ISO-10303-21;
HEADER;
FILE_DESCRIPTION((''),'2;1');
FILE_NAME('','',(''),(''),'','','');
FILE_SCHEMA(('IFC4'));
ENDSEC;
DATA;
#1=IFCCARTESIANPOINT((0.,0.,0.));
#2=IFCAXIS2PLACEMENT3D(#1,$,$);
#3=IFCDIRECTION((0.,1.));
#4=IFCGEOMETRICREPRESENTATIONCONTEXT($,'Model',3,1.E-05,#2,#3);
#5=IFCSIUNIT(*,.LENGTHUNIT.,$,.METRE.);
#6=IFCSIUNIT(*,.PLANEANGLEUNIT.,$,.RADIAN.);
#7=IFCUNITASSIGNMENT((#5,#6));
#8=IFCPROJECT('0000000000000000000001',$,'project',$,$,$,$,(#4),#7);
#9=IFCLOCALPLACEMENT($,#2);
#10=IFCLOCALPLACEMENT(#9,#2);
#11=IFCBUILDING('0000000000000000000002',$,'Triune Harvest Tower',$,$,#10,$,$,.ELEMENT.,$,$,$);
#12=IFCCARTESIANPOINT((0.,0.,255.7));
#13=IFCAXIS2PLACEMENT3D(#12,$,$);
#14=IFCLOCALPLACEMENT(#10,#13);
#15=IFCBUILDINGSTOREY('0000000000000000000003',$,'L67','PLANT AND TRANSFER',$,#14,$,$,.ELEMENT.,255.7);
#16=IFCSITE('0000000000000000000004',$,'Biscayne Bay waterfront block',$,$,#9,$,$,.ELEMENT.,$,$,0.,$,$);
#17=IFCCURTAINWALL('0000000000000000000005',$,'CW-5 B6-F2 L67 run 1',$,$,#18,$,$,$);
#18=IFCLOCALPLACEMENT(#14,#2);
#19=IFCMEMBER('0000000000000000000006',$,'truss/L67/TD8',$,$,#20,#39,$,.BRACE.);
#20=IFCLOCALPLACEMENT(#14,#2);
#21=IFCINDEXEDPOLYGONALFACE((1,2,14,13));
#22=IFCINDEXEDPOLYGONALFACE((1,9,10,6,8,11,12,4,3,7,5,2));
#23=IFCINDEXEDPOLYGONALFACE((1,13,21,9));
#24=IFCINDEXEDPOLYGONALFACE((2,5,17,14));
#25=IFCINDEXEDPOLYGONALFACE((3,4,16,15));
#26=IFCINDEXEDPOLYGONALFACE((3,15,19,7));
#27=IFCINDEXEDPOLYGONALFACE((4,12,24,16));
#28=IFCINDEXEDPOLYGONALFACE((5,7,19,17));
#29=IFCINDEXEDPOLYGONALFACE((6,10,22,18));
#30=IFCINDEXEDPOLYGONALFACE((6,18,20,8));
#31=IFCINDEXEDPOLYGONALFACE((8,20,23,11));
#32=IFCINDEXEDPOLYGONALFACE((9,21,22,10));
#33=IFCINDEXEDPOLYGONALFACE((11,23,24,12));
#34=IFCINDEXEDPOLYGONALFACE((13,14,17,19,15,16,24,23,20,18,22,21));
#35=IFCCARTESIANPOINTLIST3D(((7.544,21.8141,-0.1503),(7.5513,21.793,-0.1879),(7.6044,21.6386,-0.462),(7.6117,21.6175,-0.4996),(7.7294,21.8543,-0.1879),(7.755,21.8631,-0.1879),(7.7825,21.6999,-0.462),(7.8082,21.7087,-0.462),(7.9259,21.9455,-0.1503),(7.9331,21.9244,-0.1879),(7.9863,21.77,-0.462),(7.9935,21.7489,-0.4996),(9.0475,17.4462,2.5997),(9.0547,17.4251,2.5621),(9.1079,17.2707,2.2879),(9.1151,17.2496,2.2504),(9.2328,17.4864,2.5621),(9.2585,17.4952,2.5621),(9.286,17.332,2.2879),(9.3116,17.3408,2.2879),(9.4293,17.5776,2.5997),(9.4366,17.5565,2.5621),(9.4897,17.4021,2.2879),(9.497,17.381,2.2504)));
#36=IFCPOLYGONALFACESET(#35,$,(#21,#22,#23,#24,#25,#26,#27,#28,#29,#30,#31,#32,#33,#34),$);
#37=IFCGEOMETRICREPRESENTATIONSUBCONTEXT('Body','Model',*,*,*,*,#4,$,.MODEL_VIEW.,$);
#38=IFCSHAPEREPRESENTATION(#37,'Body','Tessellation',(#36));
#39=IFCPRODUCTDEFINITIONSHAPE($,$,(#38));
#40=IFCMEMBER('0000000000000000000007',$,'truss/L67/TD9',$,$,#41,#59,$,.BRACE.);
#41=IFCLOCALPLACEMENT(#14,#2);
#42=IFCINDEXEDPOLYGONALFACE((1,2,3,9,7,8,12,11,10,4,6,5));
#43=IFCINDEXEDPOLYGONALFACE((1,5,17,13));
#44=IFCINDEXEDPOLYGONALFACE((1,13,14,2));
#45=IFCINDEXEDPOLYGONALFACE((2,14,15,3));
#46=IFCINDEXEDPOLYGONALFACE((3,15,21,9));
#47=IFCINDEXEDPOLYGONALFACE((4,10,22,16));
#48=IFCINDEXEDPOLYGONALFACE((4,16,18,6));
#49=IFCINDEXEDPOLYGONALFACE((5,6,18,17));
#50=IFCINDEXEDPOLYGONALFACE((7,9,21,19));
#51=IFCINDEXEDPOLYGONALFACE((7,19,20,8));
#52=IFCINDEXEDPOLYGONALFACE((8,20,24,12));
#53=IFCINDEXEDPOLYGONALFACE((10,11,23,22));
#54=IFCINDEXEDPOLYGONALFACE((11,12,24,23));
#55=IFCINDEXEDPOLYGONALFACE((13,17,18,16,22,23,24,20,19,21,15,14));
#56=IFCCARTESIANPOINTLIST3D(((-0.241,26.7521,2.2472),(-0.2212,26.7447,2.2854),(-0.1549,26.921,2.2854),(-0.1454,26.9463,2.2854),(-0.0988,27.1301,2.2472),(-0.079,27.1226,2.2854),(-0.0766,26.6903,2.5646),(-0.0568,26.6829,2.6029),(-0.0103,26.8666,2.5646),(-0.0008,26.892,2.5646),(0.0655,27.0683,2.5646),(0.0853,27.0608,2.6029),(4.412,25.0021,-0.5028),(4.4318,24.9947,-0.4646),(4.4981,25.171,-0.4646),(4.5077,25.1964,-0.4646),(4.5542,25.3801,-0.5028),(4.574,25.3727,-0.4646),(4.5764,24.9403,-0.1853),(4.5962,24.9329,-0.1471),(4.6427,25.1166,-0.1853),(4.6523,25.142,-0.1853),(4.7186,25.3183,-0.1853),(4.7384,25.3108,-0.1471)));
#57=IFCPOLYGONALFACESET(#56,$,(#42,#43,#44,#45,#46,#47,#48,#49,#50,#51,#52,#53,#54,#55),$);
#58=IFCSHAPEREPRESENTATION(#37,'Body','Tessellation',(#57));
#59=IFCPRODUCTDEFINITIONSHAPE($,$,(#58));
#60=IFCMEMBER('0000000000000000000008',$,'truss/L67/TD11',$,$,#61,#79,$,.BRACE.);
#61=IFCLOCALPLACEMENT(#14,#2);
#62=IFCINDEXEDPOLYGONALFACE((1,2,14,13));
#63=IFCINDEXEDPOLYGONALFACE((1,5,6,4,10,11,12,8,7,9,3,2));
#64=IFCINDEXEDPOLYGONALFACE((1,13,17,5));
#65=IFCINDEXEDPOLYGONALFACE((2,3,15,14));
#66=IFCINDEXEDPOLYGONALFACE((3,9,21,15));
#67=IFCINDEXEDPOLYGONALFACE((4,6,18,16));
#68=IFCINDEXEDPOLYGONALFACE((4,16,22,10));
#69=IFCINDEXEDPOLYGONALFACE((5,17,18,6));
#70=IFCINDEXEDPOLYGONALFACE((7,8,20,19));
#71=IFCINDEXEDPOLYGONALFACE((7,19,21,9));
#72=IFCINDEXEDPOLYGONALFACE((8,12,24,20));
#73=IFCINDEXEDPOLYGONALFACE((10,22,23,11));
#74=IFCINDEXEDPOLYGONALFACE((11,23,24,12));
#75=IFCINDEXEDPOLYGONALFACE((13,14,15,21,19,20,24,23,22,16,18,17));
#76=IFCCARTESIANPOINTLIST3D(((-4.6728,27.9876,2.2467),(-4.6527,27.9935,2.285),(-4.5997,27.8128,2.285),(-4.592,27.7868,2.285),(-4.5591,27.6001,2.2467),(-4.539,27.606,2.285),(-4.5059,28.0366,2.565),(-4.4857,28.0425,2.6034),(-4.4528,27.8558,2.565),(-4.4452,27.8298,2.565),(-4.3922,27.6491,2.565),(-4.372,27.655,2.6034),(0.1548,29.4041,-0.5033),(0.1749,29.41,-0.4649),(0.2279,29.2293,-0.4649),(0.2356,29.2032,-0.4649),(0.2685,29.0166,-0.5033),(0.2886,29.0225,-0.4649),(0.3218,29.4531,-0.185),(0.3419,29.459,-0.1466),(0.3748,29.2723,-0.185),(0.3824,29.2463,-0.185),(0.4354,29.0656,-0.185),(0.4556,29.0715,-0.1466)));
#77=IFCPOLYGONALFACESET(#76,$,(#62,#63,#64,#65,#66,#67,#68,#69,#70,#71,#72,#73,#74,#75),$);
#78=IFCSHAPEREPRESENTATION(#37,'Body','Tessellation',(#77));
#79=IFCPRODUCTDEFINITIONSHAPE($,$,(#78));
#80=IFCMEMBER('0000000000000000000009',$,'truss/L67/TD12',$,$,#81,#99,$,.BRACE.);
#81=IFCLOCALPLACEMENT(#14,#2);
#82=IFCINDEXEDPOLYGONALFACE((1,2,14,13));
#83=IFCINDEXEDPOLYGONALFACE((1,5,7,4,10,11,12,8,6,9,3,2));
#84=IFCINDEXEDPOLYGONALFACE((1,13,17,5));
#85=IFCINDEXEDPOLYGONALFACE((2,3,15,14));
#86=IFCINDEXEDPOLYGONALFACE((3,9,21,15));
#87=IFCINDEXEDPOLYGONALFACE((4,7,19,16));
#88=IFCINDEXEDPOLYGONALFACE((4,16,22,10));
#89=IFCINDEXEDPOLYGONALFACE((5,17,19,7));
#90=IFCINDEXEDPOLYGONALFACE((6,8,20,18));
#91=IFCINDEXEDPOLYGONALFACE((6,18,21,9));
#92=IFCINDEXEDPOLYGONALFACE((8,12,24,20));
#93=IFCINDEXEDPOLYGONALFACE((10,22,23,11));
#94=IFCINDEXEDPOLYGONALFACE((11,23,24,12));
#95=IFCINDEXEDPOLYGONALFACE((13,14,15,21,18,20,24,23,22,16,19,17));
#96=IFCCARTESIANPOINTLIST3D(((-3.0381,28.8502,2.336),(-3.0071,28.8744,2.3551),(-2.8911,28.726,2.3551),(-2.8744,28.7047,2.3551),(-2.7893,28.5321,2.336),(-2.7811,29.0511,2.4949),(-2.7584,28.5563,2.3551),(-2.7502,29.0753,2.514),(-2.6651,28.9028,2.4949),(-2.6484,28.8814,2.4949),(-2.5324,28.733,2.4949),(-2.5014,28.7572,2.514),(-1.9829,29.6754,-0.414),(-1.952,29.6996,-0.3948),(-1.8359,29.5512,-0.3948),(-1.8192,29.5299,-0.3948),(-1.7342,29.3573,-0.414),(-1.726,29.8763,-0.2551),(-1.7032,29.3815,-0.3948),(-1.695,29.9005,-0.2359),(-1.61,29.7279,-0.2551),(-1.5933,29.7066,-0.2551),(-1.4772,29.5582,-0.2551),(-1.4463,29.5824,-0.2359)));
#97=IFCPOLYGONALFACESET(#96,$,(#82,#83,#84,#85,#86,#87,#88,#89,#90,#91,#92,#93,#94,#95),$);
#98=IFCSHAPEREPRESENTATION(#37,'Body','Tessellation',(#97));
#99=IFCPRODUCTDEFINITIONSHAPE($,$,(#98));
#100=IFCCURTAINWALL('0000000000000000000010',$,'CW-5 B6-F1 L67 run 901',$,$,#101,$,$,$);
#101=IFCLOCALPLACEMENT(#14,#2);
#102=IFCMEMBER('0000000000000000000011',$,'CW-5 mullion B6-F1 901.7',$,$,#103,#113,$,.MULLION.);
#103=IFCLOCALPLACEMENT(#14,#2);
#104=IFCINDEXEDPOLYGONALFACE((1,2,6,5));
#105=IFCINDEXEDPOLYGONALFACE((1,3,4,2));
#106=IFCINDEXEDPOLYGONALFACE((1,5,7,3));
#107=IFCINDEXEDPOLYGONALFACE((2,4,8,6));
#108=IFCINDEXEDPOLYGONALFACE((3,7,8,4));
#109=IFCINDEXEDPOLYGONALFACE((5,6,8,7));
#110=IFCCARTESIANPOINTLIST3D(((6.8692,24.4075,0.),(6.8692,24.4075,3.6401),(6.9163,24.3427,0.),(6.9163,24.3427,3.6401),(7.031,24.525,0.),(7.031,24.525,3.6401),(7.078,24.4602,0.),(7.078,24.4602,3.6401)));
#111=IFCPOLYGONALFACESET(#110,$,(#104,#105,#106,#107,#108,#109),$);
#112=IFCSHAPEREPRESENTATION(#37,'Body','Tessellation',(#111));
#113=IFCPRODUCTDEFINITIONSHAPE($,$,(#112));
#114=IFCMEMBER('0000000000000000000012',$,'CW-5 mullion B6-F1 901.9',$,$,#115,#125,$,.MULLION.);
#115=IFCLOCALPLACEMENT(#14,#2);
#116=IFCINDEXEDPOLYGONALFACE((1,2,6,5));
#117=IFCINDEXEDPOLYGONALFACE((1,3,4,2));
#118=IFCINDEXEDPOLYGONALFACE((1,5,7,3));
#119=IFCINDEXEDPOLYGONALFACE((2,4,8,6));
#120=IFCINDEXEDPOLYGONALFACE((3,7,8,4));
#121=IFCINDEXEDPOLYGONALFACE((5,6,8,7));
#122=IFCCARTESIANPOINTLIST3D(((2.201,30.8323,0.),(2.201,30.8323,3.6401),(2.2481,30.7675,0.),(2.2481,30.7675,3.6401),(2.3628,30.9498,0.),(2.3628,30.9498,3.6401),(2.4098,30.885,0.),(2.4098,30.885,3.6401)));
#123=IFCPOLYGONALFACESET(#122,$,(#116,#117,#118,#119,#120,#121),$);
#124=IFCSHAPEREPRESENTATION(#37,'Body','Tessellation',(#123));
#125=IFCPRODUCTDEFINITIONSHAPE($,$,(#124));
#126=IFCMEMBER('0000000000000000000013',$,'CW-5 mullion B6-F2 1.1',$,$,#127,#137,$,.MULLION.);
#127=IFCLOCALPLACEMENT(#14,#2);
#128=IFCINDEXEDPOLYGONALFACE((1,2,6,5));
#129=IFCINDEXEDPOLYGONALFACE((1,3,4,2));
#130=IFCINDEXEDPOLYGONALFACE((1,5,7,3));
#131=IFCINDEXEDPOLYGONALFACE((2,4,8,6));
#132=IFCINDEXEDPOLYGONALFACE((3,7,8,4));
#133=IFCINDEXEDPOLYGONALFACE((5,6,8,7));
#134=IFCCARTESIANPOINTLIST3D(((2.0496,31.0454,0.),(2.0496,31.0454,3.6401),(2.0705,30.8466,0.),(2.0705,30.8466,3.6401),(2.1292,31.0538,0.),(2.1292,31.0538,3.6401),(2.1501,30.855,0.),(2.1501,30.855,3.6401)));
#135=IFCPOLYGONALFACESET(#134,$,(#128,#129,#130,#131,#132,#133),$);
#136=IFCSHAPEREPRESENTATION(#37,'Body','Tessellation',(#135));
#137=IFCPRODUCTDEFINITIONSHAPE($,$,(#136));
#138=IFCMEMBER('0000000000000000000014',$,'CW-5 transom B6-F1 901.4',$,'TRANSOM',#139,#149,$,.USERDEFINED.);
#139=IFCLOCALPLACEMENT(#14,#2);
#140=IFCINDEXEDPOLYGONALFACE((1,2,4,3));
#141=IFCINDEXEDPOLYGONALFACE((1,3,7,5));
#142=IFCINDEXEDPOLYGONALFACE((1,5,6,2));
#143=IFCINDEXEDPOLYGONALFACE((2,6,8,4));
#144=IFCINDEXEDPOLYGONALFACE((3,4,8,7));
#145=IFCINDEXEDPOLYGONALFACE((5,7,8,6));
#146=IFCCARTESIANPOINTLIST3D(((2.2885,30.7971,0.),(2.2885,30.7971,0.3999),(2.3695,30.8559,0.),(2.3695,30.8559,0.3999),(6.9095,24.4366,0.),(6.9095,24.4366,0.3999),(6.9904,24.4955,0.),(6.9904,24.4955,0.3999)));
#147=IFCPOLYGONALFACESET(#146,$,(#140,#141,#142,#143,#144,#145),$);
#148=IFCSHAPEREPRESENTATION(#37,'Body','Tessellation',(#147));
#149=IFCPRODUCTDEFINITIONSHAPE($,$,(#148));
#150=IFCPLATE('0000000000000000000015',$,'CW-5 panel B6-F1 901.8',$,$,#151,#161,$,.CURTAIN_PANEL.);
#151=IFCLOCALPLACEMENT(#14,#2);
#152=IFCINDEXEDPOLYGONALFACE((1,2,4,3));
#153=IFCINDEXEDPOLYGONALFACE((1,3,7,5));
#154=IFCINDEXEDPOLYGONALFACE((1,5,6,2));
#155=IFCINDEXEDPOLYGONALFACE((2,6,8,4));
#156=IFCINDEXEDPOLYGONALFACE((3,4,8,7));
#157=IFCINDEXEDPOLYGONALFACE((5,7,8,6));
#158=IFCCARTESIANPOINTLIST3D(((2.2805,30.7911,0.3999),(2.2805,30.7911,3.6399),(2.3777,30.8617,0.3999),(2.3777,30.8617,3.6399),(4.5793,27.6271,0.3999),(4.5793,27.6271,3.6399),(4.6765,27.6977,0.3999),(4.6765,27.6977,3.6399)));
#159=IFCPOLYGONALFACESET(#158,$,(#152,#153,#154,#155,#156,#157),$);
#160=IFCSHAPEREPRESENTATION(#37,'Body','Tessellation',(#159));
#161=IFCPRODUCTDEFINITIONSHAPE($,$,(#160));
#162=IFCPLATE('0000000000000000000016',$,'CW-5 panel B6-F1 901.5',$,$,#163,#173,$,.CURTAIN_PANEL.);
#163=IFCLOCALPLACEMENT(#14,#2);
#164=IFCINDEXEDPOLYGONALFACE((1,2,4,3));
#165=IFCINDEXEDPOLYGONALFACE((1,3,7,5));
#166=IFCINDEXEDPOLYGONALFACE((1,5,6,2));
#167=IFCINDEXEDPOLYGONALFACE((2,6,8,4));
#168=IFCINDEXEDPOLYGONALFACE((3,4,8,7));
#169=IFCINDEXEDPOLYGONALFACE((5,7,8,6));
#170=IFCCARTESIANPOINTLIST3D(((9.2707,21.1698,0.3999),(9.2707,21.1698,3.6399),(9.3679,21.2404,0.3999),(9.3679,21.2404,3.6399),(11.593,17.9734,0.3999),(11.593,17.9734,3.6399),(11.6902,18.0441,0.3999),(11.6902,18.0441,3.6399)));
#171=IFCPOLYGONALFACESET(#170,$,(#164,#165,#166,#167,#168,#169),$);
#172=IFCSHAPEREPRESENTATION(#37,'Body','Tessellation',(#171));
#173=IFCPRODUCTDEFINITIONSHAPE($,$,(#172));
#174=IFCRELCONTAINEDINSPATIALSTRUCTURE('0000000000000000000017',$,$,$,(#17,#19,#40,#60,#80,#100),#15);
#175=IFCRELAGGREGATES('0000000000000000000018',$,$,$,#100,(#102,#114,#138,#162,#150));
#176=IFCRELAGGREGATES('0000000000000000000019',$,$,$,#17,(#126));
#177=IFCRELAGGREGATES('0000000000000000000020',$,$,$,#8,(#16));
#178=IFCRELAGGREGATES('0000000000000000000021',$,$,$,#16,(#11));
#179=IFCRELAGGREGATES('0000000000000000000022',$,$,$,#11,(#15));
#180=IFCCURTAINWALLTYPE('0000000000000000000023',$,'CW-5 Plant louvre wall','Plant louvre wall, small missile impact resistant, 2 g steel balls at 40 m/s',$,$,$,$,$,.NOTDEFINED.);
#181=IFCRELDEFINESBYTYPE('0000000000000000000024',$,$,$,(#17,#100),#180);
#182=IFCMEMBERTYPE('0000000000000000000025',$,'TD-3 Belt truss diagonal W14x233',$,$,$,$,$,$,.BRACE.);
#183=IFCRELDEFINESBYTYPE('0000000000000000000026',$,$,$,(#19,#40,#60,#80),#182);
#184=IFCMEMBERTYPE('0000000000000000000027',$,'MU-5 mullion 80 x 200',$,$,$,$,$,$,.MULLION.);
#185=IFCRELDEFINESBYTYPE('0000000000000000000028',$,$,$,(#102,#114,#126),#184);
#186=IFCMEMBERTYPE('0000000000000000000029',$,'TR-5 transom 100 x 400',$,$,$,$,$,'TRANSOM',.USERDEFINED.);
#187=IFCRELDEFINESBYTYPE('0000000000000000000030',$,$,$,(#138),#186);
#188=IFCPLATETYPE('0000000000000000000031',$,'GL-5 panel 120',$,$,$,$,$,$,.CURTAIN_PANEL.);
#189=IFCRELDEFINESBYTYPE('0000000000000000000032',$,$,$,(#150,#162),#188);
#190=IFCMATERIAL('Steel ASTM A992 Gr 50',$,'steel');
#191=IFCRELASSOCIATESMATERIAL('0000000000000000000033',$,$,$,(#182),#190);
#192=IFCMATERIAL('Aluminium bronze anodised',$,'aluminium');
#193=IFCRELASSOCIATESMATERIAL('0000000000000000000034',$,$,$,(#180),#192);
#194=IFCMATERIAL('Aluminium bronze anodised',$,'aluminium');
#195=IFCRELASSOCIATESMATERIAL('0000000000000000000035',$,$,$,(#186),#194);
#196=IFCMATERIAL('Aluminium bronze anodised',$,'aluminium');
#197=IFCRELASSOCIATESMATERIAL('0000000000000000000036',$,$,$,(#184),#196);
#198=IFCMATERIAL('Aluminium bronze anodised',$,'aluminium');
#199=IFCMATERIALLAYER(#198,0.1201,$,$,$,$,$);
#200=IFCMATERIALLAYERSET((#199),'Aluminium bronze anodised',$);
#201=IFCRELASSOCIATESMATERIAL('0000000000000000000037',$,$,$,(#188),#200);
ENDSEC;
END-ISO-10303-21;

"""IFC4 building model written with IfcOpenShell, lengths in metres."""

from ifc_helpers import new_model, si_unit, direction, frame, origin, origin_2d, place, context, subcontext, project, spatial, rectangle, i_section, extrude, source, transform, mapped, material, layer, layer_set, material_profile, profile_set, type_object, element, aggregate, save


model = new_model("IFC4")

# Units and contexts
model_context = context("Model", 3, precision=1e-05, world=origin(), true_north=direction((0.0, 1.0)))
body_context = subcontext(model_context, "Body", "Model", "MODEL_VIEW")
ifc_project = project(units=[si_unit("LENGTHUNIT", "METRE"), si_unit("PLANEANGLEUNIT", "RADIAN")], contexts=[model_context])

# Site, building, storey
site_placement = place(None, origin())
site = spatial("IfcSite", under=ifc_project, at=site_placement, Name="Biscayne Bay waterfront block", CompositionType="ELEMENT", RefElevation=0.0)
building_placement = place(site_placement, origin())
building = spatial("IfcBuilding", under=site, at=building_placement, Name="Triune Harvest Tower", CompositionType="ELEMENT")
storey_placement = place(building_placement, frame((0.0, 0.0, 255.7)))
storey = spatial("IfcBuildingStorey", under=building, at=storey_placement, Name="L67", Description="PLANT AND TRANSFER", CompositionType="ELEMENT", Elevation=255.7)

# Shared definitions
ifc_material_1 = material(Name="Steel ASTM A992 Gr 50", Category="steel")
ifc_material_profile_1 = material_profile(ifc_material_1, i_section(OverallWidth=0.4038, OverallDepth=0.4065, WebThickness=0.0271, FlangeThickness=0.0437, at=origin_2d()), Name="W14x233")
ifc_profile_set_1 = profile_set([ifc_material_profile_1], Name="Steel ASTM A992 Gr 50")
member_type_1 = type_object("IfcMemberType", Name="TD-3 Belt truss diagonal W14x233", PredefinedType="BRACE", material=ifc_profile_set_1)

# Curtain wall
ifc_material_2 = material(Name="Aluminium bronze anodised", Category="aluminium")
curtain_wall_type = type_object("IfcCurtainWallType", Name="CW-5 Plant louvre wall", Description="Plant louvre wall, small missile impact resistant, 2 g steel balls at 40 m/s", PredefinedType="NOTDEFINED", material=ifc_material_2)
curtain_wall_1_placement = place(storey_placement, origin())
curtain_wall_1 = element("IfcCurtainWall", 1, at=curtain_wall_1_placement, inside=storey, type_object=curtain_wall_type, Name="CW-5 B6-F2 L67 run 1")
ifc_material_3 = material(Name="Aluminium bronze anodised", Category="aluminium")
ifc_material_profile_2 = material_profile(ifc_material_3, rectangle(XDim=0.1001, YDim=0.3999, at=origin_2d()), Name="TR-5 transom 100 x 400")
ifc_profile_set_2 = profile_set([ifc_material_profile_2], Name="Aluminium bronze anodised")
member_type_2 = type_object("IfcMemberType", Name="TR-5 transom 100 x 400", ElementType="TRANSOM", PredefinedType="USERDEFINED", material=ifc_profile_set_2)

# Members
shared_shape_1 = source(origin(), body_context, "Body", "SweptSolid", [
    extrude(i_section(OverallWidth=0.4038, OverallDepth=0.4065, WebThickness=0.0271, FlangeThickness=0.0437, at=origin_2d()), origin(), (0.0, 0.0, 1.0), 5.376),
])
member_1_placement = place(storey_placement, frame((7.7688, 21.7815, -0.325), z_axis=(0.279653, -0.812484, 0.511532), x_axis=(0.945557, 0.325456, 0.0)))
element("IfcMember", 2, at=member_1_placement, inside=storey, type_object=member_type_1, Name="truss/L67/TD8", PredefinedType="BRACE", context=body_context, shape_type="MappedRepresentation", body=[
    mapped(shared_shape_1, transform((0.0, 0.0, 0.0), scale=1.0)),
])
shared_shape_2 = source(origin(), body_context, "Body", "SweptSolid", [
    extrude(i_section(OverallWidth=0.4038, OverallDepth=0.4065, WebThickness=0.0271, FlangeThickness=0.0437, at=origin_2d()), origin(), (0.0, 0.0, 1.0), 5.6812),
])
member_2_placement = place(storey_placement, frame((4.5752, 25.1565, -0.325), z_axis=(-0.819029, 0.308033, 0.484052), x_axis=(-0.352022, -0.935992, 0.0)))
element("IfcMember", 3, at=member_2_placement, inside=storey, type_object=member_type_1, Name="truss/L67/TD9", PredefinedType="BRACE", context=body_context, shape_type="MappedRepresentation", body=[
    mapped(shared_shape_2, transform((0.0, 0.0, 0.0), scale=1.0)),
])
shared_shape_3 = source(origin(), body_context, "Body", "SweptSolid", [
    extrude(i_section(OverallWidth=0.4038, OverallDepth=0.4065, WebThickness=0.0271, FlangeThickness=0.0437, at=origin_2d()), origin(), (0.0, 0.0, 1.0), 5.7336),
])
member_3_placement = place(storey_placement, frame((0.3052, 29.2378, -0.325), z_axis=(-0.841979, -0.24705, 0.479622), x_axis=(0.281546, -0.959548, 0.0)))
element("IfcMember", 4, at=member_3_placement, inside=storey, type_object=member_type_1, Name="truss/L67/TD11", PredefinedType="BRACE", context=body_context, shape_type="MappedRepresentation", body=[
    mapped(shared_shape_3, transform((0.0, 0.0, 0.0), scale=1.0)),
])
shared_shape_4 = source(origin(), body_context, "Body", "SweptSolid", [
    extrude(i_section(OverallWidth=0.4038, OverallDepth=0.4065, WebThickness=0.0271, FlangeThickness=0.0437, at=origin_2d()), origin(), (0.0, 0.0, 1.0), 3.0588),
])
member_4_placement = place(storey_placement, frame((-1.7146, 29.6289, -0.325), z_axis=(-0.344953, -0.269769, 0.899017), x_axis=(0.616033, -0.78772, 0.0)))
element("IfcMember", 5, at=member_4_placement, inside=storey, type_object=member_type_1, Name="truss/L67/TD12", PredefinedType="BRACE", context=body_context, shape_type="MappedRepresentation", body=[
    mapped(shared_shape_4, transform((0.0, 0.0, 0.0), scale=1.0)),
])

# Curtain wall, members
curtain_wall_2_placement = place(storey_placement, origin())
curtain_wall_2 = element("IfcCurtainWall", 6, at=curtain_wall_2_placement, inside=storey, type_object=curtain_wall_type, Name="CW-5 B6-F1 L67 run 901")
ifc_material_4 = material(Name="Aluminium bronze anodised", Category="aluminium")
ifc_material_profile_3 = material_profile(ifc_material_4, rectangle(XDim=0.2, YDim=0.0801, at=origin_2d()), Name="MU-5 mullion 80 x 200")
ifc_profile_set_3 = profile_set([ifc_material_profile_3], Name="Aluminium bronze anodised")
member_type_3 = type_object("IfcMemberType", Name="MU-5 mullion 80 x 200", PredefinedType="MULLION", material=ifc_profile_set_3)
shared_shape_5 = source(origin(), body_context, "Body", "SweptSolid", [
    extrude(rectangle(XDim=0.2, YDim=0.0801, at=origin_2d()), origin(), (0.0, 0.0, 1.0), 3.6401),
])
member_5_placement = place(storey_placement, frame((6.9736, 24.4338, 0.0), z_axis=(0.0, 0.0, 1.0), x_axis=(-0.809016, -0.587786, 0.0)))
member_5 = element("IfcMember", 7, at=member_5_placement, type_object=member_type_3, Name="CW-5 mullion B6-F1 901.7", PredefinedType="MULLION", context=body_context, shape_type="MappedRepresentation", body=[
    mapped(shared_shape_5, transform((0.0, 0.0, 0.0), scale=1.0)),
])
member_6_placement = place(storey_placement, frame((2.3054, 30.8586, 0.0), z_axis=(0.0, 0.0, 1.0), x_axis=(-0.809016, -0.587786, 0.0)))
member_6 = element("IfcMember", 8, at=member_6_placement, type_object=member_type_3, Name="CW-5 mullion B6-F1 901.9", PredefinedType="MULLION", context=body_context, shape_type="MappedRepresentation", body=[
    mapped(shared_shape_5, transform((0.0, 0.0, 0.0), scale=1.0)),
])

# Members
member_7_placement = place(storey_placement, frame((2.0999, 30.9502, 0.0), z_axis=(0.0, 0.0, 1.0), x_axis=(0.10453, -0.994522, 0.0)))
member_7 = element("IfcMember", 9, at=member_7_placement, type_object=member_type_3, Name="CW-5 mullion B6-F2 1.1", PredefinedType="MULLION", context=body_context, shape_type="MappedRepresentation", body=[
    mapped(shared_shape_5, transform((0.0, 0.0, 0.0), scale=1.0)),
])
shared_shape_6 = source(origin(), body_context, "Body", "SweptSolid", [
    extrude(rectangle(XDim=0.1001, YDim=0.3999, at=origin_2d()), origin(), (0.0, 0.0, 1.0), 7.8618),
])
member_8_placement = place(storey_placement, frame((6.95, 24.4661, 0.2), z_axis=(-0.587767, 0.80903, 0.0), x_axis=(-0.80903, -0.587767, 0.0)))
member_8 = element("IfcMember", 10, at=member_8_placement, type_object=member_type_2, Name="CW-5 transom B6-F1 901.4", ObjectType="TRANSOM", PredefinedType="USERDEFINED", context=body_context, shape_type="MappedRepresentation", body=[
    mapped(shared_shape_6, transform((0.0, 0.0, 0.0), scale=1.0)),
])

# Plates
ifc_material_5 = material(Name="Aluminium bronze anodised", Category="aluminium")
ifc_layer_1 = layer(ifc_material_5, 0.1201)
ifc_layer_set_1 = layer_set([ifc_layer_1], Name="Aluminium bronze anodised")
plate_type = type_object("IfcPlateType", Name="GL-5 panel 120", PredefinedType="CURTAIN_PANEL", material=ifc_layer_set_1)
shared_shape_7 = source(origin(), body_context, "Body", "SweptSolid", [
    extrude(rectangle(XDim=3.9109, YDim=0.1201, at=origin_2d()), origin(), (0.0, 0.0, 1.0), 3.24),
])
plate_1_placement = place(storey_placement, frame((3.4785, 29.2444, 0.3999), z_axis=(0.0, 0.0, 1.0), x_axis=(-0.587786, 0.809016, 0.0)))
plate_1 = element("IfcPlate", 11, at=plate_1_placement, type_object=plate_type, Name="CW-5 panel B6-F1 901.8", PredefinedType="CURTAIN_PANEL", context=body_context, shape_type="MappedRepresentation", body=[
    mapped(shared_shape_7, transform((0.0, 0.0, 0.0), scale=1.0)),
])
shared_shape_8 = source(origin(), body_context, "Body", "SweptSolid", [
    extrude(rectangle(XDim=3.9509, YDim=0.1201, at=origin_2d()), origin(), (0.0, 0.0, 1.0), 3.24),
])
plate_2_placement = place(storey_placement, frame((10.4805, 19.6069, 0.3999), z_axis=(0.0, 0.0, 1.0), x_axis=(-0.587786, 0.809016, 0.0)))
plate_2 = element("IfcPlate", 12, at=plate_2_placement, type_object=plate_type, Name="CW-5 panel B6-F1 901.5", PredefinedType="CURTAIN_PANEL", context=body_context, shape_type="MappedRepresentation", body=[
    mapped(shared_shape_8, transform((0.0, 0.0, 0.0), scale=1.0)),
])
aggregate(curtain_wall_2, [member_5, member_6, member_8, plate_2, plate_1])
aggregate(curtain_wall_1, [member_7])

save(model, "model.ifc")
